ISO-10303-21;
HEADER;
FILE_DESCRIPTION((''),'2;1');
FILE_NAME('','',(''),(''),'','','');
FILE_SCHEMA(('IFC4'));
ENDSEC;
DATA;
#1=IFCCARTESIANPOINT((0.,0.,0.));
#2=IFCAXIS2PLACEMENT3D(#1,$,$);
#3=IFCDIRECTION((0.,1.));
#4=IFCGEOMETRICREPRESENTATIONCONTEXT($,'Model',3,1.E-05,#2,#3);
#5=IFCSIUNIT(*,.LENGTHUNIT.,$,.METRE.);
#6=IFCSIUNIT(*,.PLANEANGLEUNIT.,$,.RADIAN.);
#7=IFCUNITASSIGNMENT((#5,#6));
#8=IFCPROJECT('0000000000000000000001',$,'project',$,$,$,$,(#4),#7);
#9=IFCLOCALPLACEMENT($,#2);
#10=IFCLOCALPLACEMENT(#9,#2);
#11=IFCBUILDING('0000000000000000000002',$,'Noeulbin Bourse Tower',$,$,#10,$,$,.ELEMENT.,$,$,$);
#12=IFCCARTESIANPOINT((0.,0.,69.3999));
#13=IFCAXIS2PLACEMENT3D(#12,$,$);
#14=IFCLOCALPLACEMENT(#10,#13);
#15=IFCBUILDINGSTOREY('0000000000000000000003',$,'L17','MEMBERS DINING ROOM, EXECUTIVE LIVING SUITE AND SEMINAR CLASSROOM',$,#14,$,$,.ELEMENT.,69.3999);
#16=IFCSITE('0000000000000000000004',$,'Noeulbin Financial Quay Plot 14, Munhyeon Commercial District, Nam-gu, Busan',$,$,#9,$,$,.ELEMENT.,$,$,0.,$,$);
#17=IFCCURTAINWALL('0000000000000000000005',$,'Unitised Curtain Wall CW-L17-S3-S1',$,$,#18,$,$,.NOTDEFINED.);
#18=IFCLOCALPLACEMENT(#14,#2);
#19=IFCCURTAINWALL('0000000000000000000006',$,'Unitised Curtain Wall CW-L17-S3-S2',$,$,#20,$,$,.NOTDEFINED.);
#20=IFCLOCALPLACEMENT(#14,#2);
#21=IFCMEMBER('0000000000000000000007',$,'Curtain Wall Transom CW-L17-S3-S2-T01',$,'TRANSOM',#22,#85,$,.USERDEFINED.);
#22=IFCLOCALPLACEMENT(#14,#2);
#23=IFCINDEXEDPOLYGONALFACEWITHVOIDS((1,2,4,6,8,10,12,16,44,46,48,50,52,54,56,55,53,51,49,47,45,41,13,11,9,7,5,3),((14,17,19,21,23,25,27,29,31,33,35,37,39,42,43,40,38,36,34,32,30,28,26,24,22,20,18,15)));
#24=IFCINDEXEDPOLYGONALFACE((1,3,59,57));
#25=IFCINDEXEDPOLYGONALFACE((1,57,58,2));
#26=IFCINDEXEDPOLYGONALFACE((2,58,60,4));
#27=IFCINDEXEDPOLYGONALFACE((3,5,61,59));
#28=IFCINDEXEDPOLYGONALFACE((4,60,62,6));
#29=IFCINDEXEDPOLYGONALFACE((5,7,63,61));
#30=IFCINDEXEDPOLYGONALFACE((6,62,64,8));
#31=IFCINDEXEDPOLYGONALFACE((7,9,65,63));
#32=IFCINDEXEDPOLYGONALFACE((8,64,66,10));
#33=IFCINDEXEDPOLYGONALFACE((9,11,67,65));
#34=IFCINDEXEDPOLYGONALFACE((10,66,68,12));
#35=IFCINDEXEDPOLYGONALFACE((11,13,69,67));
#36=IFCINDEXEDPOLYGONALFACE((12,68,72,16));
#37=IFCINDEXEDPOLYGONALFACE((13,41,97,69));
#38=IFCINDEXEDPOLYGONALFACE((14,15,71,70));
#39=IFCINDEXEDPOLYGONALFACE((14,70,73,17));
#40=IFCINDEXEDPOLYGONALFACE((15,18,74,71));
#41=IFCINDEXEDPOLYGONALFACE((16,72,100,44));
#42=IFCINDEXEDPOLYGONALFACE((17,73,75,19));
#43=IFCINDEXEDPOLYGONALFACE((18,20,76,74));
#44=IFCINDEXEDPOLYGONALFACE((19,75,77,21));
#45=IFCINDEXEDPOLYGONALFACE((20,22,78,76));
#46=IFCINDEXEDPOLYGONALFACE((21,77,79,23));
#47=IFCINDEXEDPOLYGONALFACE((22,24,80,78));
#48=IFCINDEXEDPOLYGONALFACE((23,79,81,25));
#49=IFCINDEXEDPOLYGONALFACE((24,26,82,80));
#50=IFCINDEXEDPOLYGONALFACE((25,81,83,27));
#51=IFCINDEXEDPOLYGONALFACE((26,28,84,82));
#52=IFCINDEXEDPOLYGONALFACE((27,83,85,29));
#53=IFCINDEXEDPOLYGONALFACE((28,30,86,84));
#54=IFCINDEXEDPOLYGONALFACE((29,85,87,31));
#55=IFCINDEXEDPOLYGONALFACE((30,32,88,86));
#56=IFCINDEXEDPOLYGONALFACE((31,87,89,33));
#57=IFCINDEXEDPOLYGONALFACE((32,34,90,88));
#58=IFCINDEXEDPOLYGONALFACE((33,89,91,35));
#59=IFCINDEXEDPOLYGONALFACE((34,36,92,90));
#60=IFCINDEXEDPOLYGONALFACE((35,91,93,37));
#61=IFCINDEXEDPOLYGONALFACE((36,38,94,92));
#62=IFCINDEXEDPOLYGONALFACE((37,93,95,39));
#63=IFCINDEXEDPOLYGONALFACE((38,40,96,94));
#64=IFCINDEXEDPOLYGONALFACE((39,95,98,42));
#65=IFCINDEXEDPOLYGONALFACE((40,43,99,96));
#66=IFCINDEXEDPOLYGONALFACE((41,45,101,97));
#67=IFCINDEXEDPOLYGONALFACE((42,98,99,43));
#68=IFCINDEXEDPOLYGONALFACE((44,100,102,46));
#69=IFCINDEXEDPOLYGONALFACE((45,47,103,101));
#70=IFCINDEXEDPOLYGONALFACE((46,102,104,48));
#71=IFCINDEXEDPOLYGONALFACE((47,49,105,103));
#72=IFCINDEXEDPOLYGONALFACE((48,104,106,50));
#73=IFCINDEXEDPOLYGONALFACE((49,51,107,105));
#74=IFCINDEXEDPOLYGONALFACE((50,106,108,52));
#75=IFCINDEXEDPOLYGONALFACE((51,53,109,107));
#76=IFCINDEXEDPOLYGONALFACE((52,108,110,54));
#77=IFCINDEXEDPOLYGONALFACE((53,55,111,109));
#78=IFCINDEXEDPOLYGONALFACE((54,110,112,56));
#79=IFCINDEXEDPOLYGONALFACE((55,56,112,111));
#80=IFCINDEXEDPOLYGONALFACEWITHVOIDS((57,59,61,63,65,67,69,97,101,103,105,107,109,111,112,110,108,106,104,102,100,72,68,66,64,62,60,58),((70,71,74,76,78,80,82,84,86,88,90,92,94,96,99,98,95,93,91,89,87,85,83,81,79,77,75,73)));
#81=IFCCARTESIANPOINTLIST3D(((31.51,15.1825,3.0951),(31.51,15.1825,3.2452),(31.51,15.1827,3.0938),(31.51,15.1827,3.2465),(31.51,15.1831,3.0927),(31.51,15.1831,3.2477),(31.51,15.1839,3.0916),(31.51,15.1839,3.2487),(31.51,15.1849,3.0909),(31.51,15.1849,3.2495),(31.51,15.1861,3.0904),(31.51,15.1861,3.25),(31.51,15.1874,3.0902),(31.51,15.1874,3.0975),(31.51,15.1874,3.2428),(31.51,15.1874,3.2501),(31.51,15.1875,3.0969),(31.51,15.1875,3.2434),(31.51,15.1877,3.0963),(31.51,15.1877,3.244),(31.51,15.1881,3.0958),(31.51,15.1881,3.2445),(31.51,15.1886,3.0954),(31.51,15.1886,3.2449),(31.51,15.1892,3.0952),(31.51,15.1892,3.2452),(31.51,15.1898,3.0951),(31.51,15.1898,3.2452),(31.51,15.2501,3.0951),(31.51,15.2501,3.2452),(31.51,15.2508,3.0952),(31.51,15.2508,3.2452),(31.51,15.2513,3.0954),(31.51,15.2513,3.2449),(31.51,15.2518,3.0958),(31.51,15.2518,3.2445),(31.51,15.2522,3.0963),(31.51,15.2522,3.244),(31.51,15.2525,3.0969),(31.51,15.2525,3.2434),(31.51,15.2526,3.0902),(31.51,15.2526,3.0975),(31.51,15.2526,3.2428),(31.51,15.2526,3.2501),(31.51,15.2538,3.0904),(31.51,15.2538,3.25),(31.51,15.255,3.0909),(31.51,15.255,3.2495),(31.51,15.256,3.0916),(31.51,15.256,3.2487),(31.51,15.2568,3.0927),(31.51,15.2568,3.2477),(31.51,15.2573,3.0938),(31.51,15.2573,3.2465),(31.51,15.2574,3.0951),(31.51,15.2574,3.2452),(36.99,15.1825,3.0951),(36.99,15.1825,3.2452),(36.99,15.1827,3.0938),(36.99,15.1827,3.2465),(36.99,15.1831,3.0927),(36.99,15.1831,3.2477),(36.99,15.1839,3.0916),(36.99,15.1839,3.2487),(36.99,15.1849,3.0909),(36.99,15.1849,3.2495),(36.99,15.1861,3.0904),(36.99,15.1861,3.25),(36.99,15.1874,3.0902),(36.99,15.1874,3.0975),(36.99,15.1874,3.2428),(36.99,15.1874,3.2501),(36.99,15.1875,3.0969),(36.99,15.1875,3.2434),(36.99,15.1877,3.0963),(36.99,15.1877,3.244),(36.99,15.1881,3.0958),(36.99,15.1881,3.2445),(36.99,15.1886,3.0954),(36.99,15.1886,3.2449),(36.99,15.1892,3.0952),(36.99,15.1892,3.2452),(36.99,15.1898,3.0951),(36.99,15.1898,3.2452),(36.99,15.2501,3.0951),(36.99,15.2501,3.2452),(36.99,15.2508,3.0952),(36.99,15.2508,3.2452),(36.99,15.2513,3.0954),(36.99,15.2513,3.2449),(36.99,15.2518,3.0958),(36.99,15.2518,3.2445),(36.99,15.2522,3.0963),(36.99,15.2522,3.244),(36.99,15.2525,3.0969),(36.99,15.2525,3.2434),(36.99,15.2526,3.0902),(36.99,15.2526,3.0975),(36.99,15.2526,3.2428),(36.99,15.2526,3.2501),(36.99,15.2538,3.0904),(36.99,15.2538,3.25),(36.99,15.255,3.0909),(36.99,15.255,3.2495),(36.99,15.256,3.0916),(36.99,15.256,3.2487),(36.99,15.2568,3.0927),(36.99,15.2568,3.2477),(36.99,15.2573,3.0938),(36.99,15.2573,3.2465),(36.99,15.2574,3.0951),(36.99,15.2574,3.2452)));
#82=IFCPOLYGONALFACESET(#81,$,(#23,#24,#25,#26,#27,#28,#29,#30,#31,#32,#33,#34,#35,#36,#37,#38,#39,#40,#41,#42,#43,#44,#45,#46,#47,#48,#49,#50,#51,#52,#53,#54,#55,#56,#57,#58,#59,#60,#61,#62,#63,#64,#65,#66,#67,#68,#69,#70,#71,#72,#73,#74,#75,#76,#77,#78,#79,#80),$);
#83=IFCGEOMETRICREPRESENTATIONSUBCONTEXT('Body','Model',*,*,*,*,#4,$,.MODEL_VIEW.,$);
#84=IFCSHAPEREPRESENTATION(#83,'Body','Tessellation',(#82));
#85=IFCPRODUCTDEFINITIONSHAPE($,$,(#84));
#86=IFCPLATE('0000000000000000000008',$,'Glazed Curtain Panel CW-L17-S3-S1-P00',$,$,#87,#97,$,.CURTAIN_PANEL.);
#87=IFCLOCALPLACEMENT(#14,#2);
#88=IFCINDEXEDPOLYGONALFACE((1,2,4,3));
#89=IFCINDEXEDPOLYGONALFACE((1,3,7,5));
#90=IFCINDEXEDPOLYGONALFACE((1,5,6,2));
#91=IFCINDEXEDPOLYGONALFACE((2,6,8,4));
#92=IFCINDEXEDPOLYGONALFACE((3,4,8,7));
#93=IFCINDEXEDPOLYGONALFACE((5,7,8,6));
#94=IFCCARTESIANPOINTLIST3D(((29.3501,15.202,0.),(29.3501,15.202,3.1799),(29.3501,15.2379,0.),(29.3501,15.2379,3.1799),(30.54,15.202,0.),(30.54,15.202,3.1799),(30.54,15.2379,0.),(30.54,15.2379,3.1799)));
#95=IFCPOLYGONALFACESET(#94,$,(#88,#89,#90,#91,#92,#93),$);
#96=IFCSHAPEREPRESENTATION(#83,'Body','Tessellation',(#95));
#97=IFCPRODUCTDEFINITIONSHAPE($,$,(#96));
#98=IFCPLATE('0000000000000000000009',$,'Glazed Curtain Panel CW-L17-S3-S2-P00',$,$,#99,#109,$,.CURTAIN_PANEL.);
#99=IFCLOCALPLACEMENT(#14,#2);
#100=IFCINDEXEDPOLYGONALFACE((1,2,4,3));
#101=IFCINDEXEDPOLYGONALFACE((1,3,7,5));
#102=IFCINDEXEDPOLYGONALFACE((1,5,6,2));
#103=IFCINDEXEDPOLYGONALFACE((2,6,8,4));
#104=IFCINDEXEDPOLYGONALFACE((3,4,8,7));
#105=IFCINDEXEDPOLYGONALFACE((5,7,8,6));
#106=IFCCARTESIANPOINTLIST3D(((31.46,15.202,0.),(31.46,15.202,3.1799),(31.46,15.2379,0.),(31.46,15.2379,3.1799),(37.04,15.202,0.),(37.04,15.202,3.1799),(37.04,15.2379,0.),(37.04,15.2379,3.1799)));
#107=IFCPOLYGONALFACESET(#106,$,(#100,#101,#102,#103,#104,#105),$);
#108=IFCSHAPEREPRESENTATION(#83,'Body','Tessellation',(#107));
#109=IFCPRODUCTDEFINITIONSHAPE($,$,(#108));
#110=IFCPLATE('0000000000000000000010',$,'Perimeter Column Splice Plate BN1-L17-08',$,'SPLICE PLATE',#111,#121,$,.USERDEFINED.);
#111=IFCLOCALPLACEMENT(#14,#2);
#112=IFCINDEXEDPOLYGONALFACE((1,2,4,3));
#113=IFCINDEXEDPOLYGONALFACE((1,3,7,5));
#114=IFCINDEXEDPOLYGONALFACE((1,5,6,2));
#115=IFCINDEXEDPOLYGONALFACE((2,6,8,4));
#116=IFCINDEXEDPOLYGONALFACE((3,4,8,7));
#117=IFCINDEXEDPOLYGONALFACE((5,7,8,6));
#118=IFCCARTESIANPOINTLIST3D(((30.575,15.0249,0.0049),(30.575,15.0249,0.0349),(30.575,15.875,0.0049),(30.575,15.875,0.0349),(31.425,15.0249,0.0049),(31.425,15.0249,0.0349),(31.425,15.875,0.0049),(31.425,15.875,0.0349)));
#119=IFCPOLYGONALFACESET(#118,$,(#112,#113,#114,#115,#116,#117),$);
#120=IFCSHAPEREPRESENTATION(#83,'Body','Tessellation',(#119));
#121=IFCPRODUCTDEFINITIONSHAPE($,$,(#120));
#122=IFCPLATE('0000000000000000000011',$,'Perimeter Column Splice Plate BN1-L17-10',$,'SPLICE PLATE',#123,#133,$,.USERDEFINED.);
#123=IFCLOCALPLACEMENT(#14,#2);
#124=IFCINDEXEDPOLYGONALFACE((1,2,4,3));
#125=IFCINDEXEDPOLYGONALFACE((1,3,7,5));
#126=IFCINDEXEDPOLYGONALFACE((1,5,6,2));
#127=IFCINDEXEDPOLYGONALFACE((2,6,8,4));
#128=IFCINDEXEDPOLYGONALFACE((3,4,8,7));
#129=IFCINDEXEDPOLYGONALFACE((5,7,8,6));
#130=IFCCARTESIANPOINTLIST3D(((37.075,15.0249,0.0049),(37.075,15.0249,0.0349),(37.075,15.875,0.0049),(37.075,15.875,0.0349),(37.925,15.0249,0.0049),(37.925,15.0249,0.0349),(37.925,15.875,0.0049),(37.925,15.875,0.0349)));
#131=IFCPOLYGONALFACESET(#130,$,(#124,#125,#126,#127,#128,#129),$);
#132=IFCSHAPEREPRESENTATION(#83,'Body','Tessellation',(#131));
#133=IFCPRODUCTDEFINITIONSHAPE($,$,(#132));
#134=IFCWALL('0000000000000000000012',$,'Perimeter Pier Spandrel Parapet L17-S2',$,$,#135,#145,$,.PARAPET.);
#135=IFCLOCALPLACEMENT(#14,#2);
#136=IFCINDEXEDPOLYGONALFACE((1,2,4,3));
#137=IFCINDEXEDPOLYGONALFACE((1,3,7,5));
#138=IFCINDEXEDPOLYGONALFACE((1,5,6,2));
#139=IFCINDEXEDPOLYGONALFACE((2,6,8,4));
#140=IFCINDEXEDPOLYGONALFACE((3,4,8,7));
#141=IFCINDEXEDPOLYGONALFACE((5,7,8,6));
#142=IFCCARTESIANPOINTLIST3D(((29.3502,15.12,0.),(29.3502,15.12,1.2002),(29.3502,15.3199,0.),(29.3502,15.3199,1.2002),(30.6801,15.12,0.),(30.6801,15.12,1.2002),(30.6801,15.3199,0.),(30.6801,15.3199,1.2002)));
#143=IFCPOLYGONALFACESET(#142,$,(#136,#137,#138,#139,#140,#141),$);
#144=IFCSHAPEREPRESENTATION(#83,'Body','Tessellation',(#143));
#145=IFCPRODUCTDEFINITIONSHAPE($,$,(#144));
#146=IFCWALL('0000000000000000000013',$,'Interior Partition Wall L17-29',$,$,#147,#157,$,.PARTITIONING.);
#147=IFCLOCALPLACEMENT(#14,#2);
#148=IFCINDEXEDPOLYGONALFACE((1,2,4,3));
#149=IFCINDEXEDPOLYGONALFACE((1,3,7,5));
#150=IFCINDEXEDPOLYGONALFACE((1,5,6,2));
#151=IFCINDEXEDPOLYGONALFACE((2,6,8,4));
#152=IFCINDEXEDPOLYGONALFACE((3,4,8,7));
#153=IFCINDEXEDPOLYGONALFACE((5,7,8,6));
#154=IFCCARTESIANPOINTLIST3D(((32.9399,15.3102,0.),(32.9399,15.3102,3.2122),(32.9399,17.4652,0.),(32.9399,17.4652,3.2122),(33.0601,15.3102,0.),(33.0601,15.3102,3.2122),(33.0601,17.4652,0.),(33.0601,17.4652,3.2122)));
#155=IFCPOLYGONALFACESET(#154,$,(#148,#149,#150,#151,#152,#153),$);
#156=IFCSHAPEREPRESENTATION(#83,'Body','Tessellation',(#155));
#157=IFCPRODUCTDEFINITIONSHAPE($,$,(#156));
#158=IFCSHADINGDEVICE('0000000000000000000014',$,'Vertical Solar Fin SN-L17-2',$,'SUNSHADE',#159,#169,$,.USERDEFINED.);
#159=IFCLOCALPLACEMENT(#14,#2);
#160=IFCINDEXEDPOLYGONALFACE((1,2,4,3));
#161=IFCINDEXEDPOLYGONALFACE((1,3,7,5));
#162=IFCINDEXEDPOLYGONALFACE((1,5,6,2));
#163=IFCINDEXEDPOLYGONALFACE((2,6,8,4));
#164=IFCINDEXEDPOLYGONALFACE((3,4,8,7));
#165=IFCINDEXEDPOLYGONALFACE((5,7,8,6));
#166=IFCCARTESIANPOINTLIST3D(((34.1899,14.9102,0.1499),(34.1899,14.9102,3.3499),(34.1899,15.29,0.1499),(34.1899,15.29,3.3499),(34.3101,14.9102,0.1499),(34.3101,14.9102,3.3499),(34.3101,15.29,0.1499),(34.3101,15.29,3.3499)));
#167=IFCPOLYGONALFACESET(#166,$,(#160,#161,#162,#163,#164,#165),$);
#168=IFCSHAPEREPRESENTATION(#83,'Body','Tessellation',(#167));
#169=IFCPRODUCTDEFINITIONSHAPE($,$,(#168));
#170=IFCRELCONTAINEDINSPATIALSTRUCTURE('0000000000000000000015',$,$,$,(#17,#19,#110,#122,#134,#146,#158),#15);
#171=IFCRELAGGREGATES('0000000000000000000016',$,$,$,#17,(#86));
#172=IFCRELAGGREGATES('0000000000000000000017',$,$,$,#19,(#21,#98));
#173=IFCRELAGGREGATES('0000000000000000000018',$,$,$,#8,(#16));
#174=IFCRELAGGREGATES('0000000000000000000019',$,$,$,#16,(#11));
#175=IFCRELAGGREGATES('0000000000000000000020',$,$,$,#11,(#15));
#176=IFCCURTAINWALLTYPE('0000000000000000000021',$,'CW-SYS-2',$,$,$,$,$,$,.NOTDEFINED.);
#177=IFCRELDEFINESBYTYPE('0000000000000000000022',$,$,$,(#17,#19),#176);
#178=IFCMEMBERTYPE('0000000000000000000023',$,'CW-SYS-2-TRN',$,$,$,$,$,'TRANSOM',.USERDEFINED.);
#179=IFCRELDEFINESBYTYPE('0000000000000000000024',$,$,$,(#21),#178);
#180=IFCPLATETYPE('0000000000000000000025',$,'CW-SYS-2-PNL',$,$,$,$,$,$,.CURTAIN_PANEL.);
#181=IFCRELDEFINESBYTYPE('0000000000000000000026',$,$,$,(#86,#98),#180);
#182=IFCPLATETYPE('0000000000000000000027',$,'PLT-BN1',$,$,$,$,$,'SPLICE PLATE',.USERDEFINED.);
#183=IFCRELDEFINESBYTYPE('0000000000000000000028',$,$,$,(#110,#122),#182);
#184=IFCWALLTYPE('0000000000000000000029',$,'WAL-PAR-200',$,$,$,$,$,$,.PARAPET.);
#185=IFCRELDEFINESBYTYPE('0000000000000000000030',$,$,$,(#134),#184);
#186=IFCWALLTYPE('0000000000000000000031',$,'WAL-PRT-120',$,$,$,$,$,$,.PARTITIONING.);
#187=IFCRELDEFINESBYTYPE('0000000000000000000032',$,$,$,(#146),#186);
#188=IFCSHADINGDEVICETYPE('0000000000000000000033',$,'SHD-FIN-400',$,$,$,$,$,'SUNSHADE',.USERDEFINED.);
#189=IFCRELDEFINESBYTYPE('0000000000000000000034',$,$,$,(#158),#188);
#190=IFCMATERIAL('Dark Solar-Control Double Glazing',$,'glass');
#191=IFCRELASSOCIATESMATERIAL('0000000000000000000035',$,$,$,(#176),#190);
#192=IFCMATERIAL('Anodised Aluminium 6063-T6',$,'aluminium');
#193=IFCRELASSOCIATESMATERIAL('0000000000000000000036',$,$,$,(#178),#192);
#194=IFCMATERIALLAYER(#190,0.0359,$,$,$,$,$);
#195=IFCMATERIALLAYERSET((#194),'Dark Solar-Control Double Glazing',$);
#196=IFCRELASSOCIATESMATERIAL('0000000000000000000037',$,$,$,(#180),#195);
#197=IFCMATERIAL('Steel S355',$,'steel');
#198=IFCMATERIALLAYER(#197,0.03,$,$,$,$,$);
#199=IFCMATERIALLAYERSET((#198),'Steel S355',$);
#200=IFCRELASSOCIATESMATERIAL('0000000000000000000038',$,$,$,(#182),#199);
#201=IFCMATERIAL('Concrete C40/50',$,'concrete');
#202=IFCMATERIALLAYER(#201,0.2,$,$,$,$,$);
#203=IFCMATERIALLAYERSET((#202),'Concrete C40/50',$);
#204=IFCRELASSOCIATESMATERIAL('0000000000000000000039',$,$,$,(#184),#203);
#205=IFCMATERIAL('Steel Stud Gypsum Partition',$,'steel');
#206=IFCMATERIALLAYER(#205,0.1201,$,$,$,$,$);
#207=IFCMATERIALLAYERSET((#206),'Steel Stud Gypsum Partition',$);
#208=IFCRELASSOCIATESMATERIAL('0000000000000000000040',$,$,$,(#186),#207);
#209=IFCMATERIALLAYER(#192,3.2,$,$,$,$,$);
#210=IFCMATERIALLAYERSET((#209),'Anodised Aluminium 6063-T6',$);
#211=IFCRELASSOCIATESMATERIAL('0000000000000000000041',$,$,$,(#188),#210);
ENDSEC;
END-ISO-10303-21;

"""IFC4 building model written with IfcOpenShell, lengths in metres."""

from ifc_helpers import new_model, si_unit, direction, frame, frame_2d, origin, origin_2d, place, context, subcontext, project, spatial, rectangle, hollow_rectangle, extrude, material, layer, layer_set, material_profile, profile_set, type_object, element, aggregate, save


model = new_model("IFC4")

# Units and contexts
model_context = context("Model", 3, precision=1e-05, world=origin(), true_north=direction((0.0, 1.0)))
body_context = subcontext(model_context, "Body", "Model", "MODEL_VIEW")
ifc_project = project(units=[si_unit("LENGTHUNIT", "METRE"), si_unit("PLANEANGLEUNIT", "RADIAN")], contexts=[model_context])

# Site, building, storey
site_placement = place(None, origin())
site = spatial("IfcSite", under=ifc_project, at=site_placement, Name="Noeulbin Financial Quay Plot 14, Munhyeon Commercial District, Nam-gu, Busan", CompositionType="ELEMENT", RefElevation=0.0)
building_placement = place(site_placement, origin())
building = spatial("IfcBuilding", under=site, at=building_placement, Name="Noeulbin Bourse Tower", CompositionType="ELEMENT")
storey_placement = place(building_placement, frame((0.0, 0.0, 69.3999)))
storey = spatial("IfcBuildingStorey", under=building, at=storey_placement, Name="L17", Description="MEMBERS DINING ROOM, EXECUTIVE LIVING SUITE AND SEMINAR CLASSROOM", CompositionType="ELEMENT", Elevation=69.3999)

# Shared definitions
ifc_material_1 = material(Name="Steel S355", Category="steel")

# Curtain walls
ifc_material_2 = material(Name="Dark Solar-Control Double Glazing", Category="glass")
curtain_wall_type = type_object("IfcCurtainWallType", Name="CW-SYS-2", PredefinedType="NOTDEFINED", material=ifc_material_2)
curtain_wall_1_placement = place(storey_placement, origin())
curtain_wall_1 = element("IfcCurtainWall", 1, at=curtain_wall_1_placement, inside=storey, type_object=curtain_wall_type, Name="Unitised Curtain Wall CW-L17-S3-S1", PredefinedType="NOTDEFINED")
ifc_material_3 = material(Name="Anodised Aluminium 6063-T6", Category="aluminium")
curtain_wall_2_placement = place(storey_placement, origin())
curtain_wall_2 = element("IfcCurtainWall", 2, at=curtain_wall_2_placement, inside=storey, type_object=curtain_wall_type, Name="Unitised Curtain Wall CW-L17-S3-S2", PredefinedType="NOTDEFINED")

# Member
ifc_material_profile_1 = material_profile(ifc_material_3, hollow_rectangle(XDim=0.075, YDim=0.1599, WallThickness=0.0049, InnerFilletRadius=0.0024, OuterFilletRadius=0.0049, at=origin_2d()), Name="ALU-TRAN-75x160x5", Category="LoadBearing")
ifc_profile_set_1 = profile_set([ifc_material_profile_1], Name="Anodised Aluminium 6063-T6")
member_type_1 = type_object("IfcMemberType", Name="CW-SYS-2-TRN", ElementType="TRANSOM", PredefinedType="USERDEFINED", material=ifc_profile_set_1)
member_1_placement = place(storey_placement, frame((31.51, 15.22, 3.1702), z_axis=(1.0, 0.0, 0.0), x_axis=(0.0, 1.0, 0.0)))
member_1 = element("IfcMember", 3, at=member_1_placement, type_object=member_type_1, Name="Curtain Wall Transom CW-L17-S3-S2-T01", ObjectType="TRANSOM", PredefinedType="USERDEFINED", context=body_context, shape_type="SweptSolid", body=[
    extrude(hollow_rectangle(XDim=0.075, YDim=0.1599, WallThickness=0.0049, InnerFilletRadius=0.0024, OuterFilletRadius=0.0049, at=origin_2d()), origin(), (0.0, 0.0, 1.0), 5.48),
])

# Plates
ifc_layer_1 = layer(ifc_material_2, 0.0359)
ifc_layer_set_1 = layer_set([ifc_layer_1], Name="Dark Solar-Control Double Glazing")
plate_type_1 = type_object("IfcPlateType", Name="CW-SYS-2-PNL", PredefinedType="CURTAIN_PANEL", material=ifc_layer_set_1)
plate_1_placement = place(storey_placement, frame((29.9451, 15.22, 0.0), z_axis=(0.0, 0.0, 1.0), x_axis=(1.0, 0.0, 0.0)))
plate_1 = element("IfcPlate", 4, at=plate_1_placement, type_object=plate_type_1, Name="Glazed Curtain Panel CW-L17-S3-S1-P00", PredefinedType="CURTAIN_PANEL", context=body_context, shape_type="SweptSolid", body=[
    extrude(rectangle(XDim=1.1899, YDim=0.0359, at=origin_2d()), origin(), (0.0, 0.0, 1.0), 3.1799),
])
aggregate(curtain_wall_1, [plate_1])
plate_2_placement = place(storey_placement, frame((34.25, 15.22, 0.0), z_axis=(0.0, 0.0, 1.0), x_axis=(1.0, 0.0, 0.0)))
plate_2 = element("IfcPlate", 5, at=plate_2_placement, type_object=plate_type_1, Name="Glazed Curtain Panel CW-L17-S3-S2-P00", PredefinedType="CURTAIN_PANEL", context=body_context, shape_type="SweptSolid", body=[
    extrude(rectangle(XDim=5.5801, YDim=0.0359, at=origin_2d()), origin(), (0.0, 0.0, 1.0), 3.1799),
])
aggregate(curtain_wall_2, [member_1, plate_2])

# Plates
ifc_layer_2 = layer(ifc_material_1, 0.03)
ifc_layer_set_2 = layer_set([ifc_layer_2], Name="Steel S355")
plate_type_2 = type_object("IfcPlateType", Name="PLT-BN1", ElementType="SPLICE PLATE", PredefinedType="USERDEFINED", material=ifc_layer_set_2)
for number, where, z_axis, x_axis, name in (
    (6, (31.0, 15.45, 0.0049), (0.0, 0.0, 1.0), (1.0, 0.0, 0.0), "Perimeter Column Splice Plate BN1-L17-08"),
    (7, (37.5, 15.45, 0.0049), (0.0, 0.0, 1.0), (1.0, 0.0, 0.0), "Perimeter Column Splice Plate BN1-L17-10"),
):
    element("IfcPlate", number, at=place(storey_placement, frame(where, z_axis=z_axis, x_axis=x_axis)), inside=storey, type_object=plate_type_2, Name=name, ObjectType="SPLICE PLATE", PredefinedType="USERDEFINED", context=body_context, shape_type="SweptSolid", body=[
        extrude(rectangle(XDim=0.8501, YDim=0.8501, at=origin_2d()), origin(), (0.0, 0.0, 1.0), 0.03),
    ])

# Walls
ifc_material_4 = material(Name="Concrete C40/50", Category="concrete")
ifc_layer_3 = layer(ifc_material_4, 0.2)
ifc_layer_set_3 = layer_set([ifc_layer_3], Name="Concrete C40/50")
wall_type_1 = type_object("IfcWallType", Name="WAL-PAR-200", PredefinedType="PARAPET", material=ifc_layer_set_3)
wall_1_placement = place(storey_placement, frame((29.3501, 15.22, 0.0), z_axis=(0.0, 0.0, 1.0), x_axis=(1.0, 0.0, 0.0)))
element("IfcWall", 8, at=wall_1_placement, inside=storey, type_object=wall_type_1, Name="Perimeter Pier Spandrel Parapet L17-S2", PredefinedType="PARAPET", context=body_context, shape_type="SweptSolid", body=[
    extrude(rectangle(XDim=1.3298, YDim=0.2, at=frame_2d((0.665, 0.0))), origin(), (0.0, 0.0, 1.0), 1.2002),
])
ifc_material_5 = material(Name="Steel Stud Gypsum Partition", Category="steel")
ifc_layer_4 = layer(ifc_material_5, 0.1201)
ifc_layer_set_4 = layer_set([ifc_layer_4], Name="Steel Stud Gypsum Partition")
wall_type_2 = type_object("IfcWallType", Name="WAL-PRT-120", PredefinedType="PARTITIONING", material=ifc_layer_set_4)
wall_2_placement = place(storey_placement, frame((33.0, 15.3101, 0.0), z_axis=(0.0, 0.0, 1.0), x_axis=(0.0, 1.0, 0.0)))
element("IfcWall", 9, at=wall_2_placement, inside=storey, type_object=wall_type_2, Name="Interior Partition Wall L17-29", PredefinedType="PARTITIONING", context=body_context, shape_type="SweptSolid", body=[
    extrude(rectangle(XDim=2.155, YDim=0.1201, at=frame_2d((1.0776, 0.0))), origin(), (0.0, 0.0, 1.0), 3.2122),
])

# Shading device
ifc_layer_5 = layer(ifc_material_3, 3.2)
ifc_layer_set_5 = layer_set([ifc_layer_5], Name="Anodised Aluminium 6063-T6")
shading_device_type = type_object("IfcShadingDeviceType", Name="SHD-FIN-400", ElementType="SUNSHADE", PredefinedType="USERDEFINED", material=ifc_layer_set_5)
shading_device_placement = place(storey_placement, frame((34.25, 15.1001, 0.1499), z_axis=(0.0, 0.0, 1.0), x_axis=(1.0, 0.0, 0.0)))
element("IfcShadingDevice", 10, at=shading_device_placement, inside=storey, type_object=shading_device_type, Name="Vertical Solar Fin SN-L17-2", ObjectType="SUNSHADE", PredefinedType="USERDEFINED", context=body_context, shape_type="SweptSolid", body=[
    extrude(rectangle(XDim=0.1201, YDim=0.3799, at=origin_2d()), origin(), (0.0, 0.0, 1.0), 3.2),
])

save(model, "model.ifc")
